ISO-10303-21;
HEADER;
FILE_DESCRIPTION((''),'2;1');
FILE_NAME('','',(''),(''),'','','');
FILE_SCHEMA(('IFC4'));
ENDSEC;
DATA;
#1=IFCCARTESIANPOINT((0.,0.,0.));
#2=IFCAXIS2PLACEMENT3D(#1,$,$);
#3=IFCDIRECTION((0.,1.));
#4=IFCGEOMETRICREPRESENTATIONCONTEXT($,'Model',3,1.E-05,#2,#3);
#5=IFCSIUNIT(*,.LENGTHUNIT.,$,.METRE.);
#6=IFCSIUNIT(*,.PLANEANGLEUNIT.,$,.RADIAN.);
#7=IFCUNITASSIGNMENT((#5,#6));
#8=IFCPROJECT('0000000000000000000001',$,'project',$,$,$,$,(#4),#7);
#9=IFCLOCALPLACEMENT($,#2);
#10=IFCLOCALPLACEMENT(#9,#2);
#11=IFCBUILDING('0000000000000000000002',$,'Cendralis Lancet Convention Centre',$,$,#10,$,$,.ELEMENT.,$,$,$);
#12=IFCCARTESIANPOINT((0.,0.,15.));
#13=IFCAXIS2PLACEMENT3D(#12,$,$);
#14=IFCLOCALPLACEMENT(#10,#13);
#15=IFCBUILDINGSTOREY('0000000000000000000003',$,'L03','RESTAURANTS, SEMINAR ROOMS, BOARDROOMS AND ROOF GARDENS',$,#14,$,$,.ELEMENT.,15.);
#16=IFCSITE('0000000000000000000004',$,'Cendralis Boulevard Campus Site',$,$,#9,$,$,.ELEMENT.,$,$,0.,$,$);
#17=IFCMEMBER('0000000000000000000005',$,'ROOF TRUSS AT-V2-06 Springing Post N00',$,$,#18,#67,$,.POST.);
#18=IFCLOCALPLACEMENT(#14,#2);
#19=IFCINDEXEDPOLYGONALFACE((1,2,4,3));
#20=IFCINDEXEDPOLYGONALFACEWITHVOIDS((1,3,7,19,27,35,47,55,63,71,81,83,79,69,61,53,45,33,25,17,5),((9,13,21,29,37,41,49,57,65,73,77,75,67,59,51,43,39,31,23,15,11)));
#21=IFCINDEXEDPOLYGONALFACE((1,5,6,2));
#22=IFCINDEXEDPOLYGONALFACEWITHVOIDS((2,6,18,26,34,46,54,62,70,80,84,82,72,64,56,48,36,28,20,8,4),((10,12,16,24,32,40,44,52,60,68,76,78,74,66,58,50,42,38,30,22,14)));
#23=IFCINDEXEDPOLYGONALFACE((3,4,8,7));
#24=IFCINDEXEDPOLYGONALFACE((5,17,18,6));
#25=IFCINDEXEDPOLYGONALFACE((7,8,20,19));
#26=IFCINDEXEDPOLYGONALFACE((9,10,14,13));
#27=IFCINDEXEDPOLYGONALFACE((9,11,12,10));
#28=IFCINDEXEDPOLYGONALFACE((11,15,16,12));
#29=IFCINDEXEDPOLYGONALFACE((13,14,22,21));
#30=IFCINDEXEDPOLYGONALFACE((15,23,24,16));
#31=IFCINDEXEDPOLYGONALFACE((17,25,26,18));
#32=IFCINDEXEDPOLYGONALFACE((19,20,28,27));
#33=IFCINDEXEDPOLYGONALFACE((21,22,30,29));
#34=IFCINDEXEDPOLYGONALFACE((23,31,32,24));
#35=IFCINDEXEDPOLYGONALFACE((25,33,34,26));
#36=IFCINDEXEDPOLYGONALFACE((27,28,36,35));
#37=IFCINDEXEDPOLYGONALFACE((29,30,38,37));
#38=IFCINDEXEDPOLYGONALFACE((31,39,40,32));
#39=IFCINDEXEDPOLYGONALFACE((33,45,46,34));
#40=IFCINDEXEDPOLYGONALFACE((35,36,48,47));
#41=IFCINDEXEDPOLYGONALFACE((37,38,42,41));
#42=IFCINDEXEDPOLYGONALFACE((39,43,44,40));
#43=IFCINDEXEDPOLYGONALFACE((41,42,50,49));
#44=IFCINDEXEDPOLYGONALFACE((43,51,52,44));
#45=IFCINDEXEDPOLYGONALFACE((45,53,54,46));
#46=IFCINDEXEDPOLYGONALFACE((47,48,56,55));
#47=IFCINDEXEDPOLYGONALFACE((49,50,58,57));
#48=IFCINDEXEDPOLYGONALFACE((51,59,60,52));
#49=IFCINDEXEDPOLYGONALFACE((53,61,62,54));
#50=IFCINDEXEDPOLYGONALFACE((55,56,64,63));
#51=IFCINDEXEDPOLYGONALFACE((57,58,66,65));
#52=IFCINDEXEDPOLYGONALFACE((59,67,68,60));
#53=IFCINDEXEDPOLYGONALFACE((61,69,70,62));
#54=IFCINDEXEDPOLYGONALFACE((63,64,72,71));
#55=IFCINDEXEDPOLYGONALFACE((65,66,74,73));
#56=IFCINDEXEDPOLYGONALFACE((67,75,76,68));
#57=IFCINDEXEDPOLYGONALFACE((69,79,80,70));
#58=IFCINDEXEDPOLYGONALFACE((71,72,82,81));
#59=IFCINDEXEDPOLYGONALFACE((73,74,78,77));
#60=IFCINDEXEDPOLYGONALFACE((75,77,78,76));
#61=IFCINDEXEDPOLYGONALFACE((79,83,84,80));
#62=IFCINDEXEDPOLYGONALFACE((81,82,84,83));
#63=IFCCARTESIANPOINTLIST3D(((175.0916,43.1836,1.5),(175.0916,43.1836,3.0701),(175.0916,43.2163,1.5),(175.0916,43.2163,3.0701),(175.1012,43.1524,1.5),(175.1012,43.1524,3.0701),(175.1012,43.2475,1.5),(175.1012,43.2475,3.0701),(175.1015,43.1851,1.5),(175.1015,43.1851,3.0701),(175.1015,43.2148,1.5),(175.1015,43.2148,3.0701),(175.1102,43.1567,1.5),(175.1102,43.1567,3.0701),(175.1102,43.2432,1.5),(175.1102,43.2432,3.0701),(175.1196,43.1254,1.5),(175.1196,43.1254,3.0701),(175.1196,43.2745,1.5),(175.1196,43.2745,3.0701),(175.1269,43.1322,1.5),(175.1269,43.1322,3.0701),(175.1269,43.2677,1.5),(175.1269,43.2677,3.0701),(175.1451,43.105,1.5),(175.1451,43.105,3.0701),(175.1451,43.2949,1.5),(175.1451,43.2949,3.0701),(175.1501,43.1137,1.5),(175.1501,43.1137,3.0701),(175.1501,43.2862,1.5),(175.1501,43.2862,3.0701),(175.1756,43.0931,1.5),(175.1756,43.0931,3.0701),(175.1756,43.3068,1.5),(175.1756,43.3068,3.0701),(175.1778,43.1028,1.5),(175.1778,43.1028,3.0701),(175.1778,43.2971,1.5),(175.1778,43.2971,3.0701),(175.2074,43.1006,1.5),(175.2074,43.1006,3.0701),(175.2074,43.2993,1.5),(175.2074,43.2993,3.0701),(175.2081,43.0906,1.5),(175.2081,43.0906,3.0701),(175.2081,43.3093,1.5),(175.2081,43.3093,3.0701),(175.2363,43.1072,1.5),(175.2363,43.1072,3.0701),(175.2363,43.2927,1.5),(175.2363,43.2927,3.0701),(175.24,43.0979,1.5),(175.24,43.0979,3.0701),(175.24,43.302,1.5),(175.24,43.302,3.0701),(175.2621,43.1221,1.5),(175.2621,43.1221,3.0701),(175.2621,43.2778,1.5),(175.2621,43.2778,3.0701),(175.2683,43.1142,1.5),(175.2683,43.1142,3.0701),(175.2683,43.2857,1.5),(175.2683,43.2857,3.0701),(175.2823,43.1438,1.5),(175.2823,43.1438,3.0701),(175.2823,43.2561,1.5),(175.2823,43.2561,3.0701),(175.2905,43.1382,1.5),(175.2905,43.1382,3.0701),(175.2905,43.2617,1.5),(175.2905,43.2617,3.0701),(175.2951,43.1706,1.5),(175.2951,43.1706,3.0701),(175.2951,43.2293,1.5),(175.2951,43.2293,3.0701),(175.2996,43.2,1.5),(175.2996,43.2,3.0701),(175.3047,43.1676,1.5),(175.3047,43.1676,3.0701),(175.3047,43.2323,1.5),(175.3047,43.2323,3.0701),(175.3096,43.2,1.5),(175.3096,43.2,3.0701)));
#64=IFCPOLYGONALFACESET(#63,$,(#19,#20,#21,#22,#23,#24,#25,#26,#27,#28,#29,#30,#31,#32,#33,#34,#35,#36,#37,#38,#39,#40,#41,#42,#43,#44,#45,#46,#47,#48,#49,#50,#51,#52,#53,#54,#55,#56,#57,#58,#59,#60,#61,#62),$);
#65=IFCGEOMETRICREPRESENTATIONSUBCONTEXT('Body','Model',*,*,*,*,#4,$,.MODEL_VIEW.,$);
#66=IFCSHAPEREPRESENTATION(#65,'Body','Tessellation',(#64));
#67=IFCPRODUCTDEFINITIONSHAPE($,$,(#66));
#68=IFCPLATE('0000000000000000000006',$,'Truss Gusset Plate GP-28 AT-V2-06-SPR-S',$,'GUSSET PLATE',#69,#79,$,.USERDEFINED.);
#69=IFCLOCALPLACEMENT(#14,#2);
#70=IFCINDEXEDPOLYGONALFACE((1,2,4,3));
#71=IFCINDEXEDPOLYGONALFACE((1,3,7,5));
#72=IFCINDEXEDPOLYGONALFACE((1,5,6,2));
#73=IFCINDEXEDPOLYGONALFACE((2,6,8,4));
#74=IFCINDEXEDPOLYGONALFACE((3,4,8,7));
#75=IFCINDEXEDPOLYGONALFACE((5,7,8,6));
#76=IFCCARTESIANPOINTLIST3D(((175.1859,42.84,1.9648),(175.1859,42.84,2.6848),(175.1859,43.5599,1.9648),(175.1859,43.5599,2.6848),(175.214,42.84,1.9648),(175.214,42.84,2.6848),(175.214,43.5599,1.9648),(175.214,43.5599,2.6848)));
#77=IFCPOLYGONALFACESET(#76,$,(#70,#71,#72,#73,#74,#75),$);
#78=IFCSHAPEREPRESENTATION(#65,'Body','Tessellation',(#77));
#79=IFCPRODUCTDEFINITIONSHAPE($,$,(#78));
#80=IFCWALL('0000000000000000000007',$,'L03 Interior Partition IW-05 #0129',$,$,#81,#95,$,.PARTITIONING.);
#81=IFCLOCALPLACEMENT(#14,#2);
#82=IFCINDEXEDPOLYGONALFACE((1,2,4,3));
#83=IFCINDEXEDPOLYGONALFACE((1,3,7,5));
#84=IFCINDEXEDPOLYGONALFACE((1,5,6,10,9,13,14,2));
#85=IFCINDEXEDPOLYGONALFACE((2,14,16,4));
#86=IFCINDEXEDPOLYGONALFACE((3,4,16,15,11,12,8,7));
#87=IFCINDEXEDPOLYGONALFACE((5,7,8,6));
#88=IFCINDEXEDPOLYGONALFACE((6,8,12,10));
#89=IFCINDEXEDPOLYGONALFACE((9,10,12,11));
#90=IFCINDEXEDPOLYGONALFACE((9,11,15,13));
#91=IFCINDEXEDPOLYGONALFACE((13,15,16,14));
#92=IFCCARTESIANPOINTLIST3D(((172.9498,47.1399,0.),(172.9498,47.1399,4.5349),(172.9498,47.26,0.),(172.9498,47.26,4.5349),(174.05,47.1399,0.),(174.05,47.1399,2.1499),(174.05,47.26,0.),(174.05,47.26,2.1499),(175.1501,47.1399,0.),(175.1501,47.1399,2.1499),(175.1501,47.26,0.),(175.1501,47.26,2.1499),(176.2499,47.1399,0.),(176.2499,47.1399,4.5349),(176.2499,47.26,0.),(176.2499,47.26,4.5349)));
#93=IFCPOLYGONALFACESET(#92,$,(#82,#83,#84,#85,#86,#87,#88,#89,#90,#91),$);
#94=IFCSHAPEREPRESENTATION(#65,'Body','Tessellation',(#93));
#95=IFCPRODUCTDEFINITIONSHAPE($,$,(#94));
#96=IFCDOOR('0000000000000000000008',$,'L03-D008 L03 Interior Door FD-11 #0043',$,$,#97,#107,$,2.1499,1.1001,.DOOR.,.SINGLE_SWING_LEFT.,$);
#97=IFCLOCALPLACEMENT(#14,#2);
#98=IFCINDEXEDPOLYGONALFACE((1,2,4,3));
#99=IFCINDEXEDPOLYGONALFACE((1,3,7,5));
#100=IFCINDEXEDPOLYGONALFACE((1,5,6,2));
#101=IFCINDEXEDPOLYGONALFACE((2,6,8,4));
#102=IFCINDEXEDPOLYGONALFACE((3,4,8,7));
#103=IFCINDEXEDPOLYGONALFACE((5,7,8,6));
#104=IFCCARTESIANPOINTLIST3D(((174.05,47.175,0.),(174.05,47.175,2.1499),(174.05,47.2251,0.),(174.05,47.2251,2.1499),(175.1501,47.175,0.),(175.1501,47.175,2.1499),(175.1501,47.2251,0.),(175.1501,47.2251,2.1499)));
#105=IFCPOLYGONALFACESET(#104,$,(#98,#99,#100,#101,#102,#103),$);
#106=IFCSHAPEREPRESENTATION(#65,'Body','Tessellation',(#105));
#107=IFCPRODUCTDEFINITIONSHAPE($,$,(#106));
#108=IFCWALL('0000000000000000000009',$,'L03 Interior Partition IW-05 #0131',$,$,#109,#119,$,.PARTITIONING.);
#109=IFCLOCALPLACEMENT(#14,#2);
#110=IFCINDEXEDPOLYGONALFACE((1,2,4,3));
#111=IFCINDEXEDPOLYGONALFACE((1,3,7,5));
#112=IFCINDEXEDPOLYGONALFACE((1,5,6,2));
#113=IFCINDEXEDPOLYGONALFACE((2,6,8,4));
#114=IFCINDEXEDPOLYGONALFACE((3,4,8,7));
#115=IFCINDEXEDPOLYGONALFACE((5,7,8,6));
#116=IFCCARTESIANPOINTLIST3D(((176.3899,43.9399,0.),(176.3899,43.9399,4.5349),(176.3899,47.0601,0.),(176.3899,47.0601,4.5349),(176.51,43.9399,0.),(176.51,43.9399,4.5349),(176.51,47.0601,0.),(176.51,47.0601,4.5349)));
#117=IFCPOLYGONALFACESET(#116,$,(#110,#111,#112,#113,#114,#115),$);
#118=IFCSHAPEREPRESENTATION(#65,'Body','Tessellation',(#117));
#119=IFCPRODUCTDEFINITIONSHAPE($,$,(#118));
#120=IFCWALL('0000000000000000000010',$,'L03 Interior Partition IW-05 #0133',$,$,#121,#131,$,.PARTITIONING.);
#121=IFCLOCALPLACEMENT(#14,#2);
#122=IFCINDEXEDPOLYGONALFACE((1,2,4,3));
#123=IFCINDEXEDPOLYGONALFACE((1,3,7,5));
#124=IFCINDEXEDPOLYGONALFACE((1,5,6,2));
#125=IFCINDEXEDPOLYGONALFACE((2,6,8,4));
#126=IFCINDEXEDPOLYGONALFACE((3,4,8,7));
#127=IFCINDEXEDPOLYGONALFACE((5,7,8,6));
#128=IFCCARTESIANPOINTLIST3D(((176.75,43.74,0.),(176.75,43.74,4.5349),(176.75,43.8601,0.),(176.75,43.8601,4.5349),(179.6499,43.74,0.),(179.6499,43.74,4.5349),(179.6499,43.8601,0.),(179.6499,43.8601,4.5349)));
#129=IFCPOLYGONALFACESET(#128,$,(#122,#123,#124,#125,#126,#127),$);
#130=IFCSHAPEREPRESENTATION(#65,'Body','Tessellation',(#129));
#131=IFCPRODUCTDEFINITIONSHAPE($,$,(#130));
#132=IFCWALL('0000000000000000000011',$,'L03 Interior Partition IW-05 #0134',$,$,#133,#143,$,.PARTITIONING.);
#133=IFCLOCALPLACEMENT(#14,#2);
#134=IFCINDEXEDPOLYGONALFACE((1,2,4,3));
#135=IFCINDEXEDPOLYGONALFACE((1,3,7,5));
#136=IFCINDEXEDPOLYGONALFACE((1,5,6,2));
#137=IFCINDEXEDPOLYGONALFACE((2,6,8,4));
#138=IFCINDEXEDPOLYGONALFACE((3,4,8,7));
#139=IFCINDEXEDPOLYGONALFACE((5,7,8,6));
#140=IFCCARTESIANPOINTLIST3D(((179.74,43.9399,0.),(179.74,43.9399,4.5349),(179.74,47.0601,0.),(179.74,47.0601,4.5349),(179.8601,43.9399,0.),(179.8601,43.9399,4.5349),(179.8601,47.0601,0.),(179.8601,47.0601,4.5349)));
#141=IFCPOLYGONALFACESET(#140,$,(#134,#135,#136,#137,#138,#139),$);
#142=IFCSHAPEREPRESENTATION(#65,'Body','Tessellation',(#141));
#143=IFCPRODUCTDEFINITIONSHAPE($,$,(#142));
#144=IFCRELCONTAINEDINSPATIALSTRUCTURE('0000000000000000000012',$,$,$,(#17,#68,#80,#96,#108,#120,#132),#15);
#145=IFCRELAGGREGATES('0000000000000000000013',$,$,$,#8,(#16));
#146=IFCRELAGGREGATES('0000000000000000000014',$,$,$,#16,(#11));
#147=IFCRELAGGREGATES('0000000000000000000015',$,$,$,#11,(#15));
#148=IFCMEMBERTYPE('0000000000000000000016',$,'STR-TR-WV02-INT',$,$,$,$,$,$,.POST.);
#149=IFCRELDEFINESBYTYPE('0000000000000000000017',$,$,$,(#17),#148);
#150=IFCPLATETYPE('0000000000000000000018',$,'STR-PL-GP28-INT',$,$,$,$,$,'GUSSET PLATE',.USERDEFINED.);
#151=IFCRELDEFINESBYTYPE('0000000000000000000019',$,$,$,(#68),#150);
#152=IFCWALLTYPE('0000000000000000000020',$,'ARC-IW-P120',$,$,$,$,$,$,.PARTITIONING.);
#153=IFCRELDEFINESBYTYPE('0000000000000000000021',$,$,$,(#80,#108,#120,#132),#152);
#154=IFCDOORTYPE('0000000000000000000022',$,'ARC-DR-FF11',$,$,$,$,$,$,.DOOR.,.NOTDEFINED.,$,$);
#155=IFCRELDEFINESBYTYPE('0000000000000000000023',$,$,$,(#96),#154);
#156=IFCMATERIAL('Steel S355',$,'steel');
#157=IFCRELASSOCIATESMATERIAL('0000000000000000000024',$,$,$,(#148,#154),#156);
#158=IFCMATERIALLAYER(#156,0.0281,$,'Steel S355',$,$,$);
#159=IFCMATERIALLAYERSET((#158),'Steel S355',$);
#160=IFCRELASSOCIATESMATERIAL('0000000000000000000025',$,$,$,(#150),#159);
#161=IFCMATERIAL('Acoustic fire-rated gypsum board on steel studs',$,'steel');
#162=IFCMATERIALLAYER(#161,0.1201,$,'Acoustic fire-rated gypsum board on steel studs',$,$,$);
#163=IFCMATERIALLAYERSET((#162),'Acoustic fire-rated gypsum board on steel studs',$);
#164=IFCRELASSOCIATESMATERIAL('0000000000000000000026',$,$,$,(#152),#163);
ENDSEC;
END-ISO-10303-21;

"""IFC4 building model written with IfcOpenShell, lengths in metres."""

from ifc_helpers import new_model, si_unit, direction, frame, frame_2d, origin, origin_2d, place, context, subcontext, project, spatial, rectangle, hollow_circle, extrude, material, layer, layer_set, material_profile, profile_set, type_object, element, fill, save


model = new_model("IFC4")

# Units and contexts
model_context = context("Model", 3, precision=1e-05, world=origin(), true_north=direction((0.0, 1.0)))
body_context = subcontext(model_context, "Body", "Model", "MODEL_VIEW")
ifc_project = project(units=[si_unit("LENGTHUNIT", "METRE"), si_unit("PLANEANGLEUNIT", "RADIAN")], contexts=[model_context])

# Site, building, storey
site_placement = place(None, origin())
site = spatial("IfcSite", under=ifc_project, at=site_placement, Name="Cendralis Boulevard Campus Site", CompositionType="ELEMENT", RefElevation=0.0)
building_placement = place(site_placement, origin())
building = spatial("IfcBuilding", under=site, at=building_placement, Name="Cendralis Lancet Convention Centre", CompositionType="ELEMENT")
storey_placement = place(building_placement, frame((0.0, 0.0, 15.0)))
storey = spatial("IfcBuildingStorey", under=building, at=storey_placement, Name="L03", Description="RESTAURANTS, SEMINAR ROOMS, BOARDROOMS AND ROOF GARDENS", CompositionType="ELEMENT", Elevation=15.0)

# Shared definitions
ifc_material_1 = material(Name="Steel S355", Category="steel")

# Member
ifc_material_profile_1 = material_profile(ifc_material_1, hollow_circle(Radius=0.1096, WallThickness=0.01, at=origin_2d()), Name="CHS 219.1x10.0")
ifc_profile_set_1 = profile_set([ifc_material_profile_1], Name="Steel S355")
member_type_1 = type_object("IfcMemberType", Name="STR-TR-WV02-INT", PredefinedType="POST", material=ifc_profile_set_1)
member_1_placement = place(storey_placement, frame((175.2, 43.2, 1.5), z_axis=(0.0, 0.0, 1.0), x_axis=(1.0, 0.0, 0.0)))
element("IfcMember", 1, at=member_1_placement, inside=storey, type_object=member_type_1, Name="ROOF TRUSS AT-V2-06 Springing Post N00", PredefinedType="POST", context=body_context, shape_type="SweptSolid", body=[
    extrude(hollow_circle(Radius=0.1096, WallThickness=0.01, at=origin_2d()), origin(), (0.0, 0.0, 1.0), 1.5701),
])

# Plate
ifc_layer_1 = layer(ifc_material_1, 0.0281, Name="Steel S355")
ifc_layer_set_1 = layer_set([ifc_layer_1], Name="Steel S355")
plate_type = type_object("IfcPlateType", Name="STR-PL-GP28-INT", ElementType="GUSSET PLATE", PredefinedType="USERDEFINED", material=ifc_layer_set_1)
plate_placement = place(storey_placement, frame((175.2, 43.2, 1.9648), z_axis=(0.0, 0.0, 1.0), x_axis=(0.0, 1.0, 0.0)))
element("IfcPlate", 2, at=plate_placement, inside=storey, type_object=plate_type, Name="Truss Gusset Plate GP-28 AT-V2-06-SPR-S", ObjectType="GUSSET PLATE", PredefinedType="USERDEFINED", context=body_context, shape_type="SweptSolid", body=[
    extrude(rectangle(XDim=0.72, YDim=0.0281, at=origin_2d()), origin(), (0.0, 0.0, 1.0), 0.72),
])

# Wall, opening, door
ifc_material_2 = material(Name="Acoustic fire-rated gypsum board on steel studs", Category="steel")
ifc_layer_2 = layer(ifc_material_2, 0.1201, Name="Acoustic fire-rated gypsum board on steel studs")
ifc_layer_set_2 = layer_set([ifc_layer_2], Name="Acoustic fire-rated gypsum board on steel studs")
wall_type = type_object("IfcWallType", Name="ARC-IW-P120", PredefinedType="PARTITIONING", material=ifc_layer_set_2)
wall_1_placement = place(storey_placement, frame((172.95, 47.2, 0.0), z_axis=(0.0, 0.0, 1.0), x_axis=(1.0, 0.0, 0.0)))
wall_1 = element("IfcWall", 3, at=wall_1_placement, inside=storey, type_object=wall_type, Name="L03 Interior Partition IW-05 #0129", PredefinedType="PARTITIONING", context=body_context, shape_type="SweptSolid", body=[
    extrude(rectangle(XDim=3.3, YDim=0.1201, at=frame_2d((1.6499, 0.0))), origin(), (0.0, 0.0, 1.0), 4.5349),
])
opening_1_placement = place(wall_1_placement, frame((1.1001, 0.0, 0.0)))
opening_1 = element("IfcOpeningElement", 4, at=opening_1_placement, cuts=wall_1, PredefinedType="OPENING", context=body_context, shape_type="SweptSolid", body=[
    extrude(rectangle(XDim=1.1001, YDim=2.1499, at=frame_2d((0.55, 1.075))), frame((0.0, 0.0701, 0.0), z_axis=(0.0, -1.0, 0.0), x_axis=(1.0, 0.0, 0.0)), (0.0, 0.0, 1.0), 0.1401),
])
door_type = type_object("IfcDoorType", Name="ARC-DR-FF11", OperationType="NOTDEFINED", PredefinedType="DOOR", material=ifc_material_1)
door_1_placement = place(opening_1_placement, frame((1.1001, 0.0, 0.0), z_axis=(0.0, 0.0, 1.0), x_axis=(-1.0, 0.0, 0.0)))
door_1 = element("IfcDoor", 5, at=door_1_placement, inside=storey, type_object=door_type, Name="L03-D008 L03 Interior Door FD-11 #0043", OperationType="SINGLE_SWING_LEFT", OverallHeight=2.1499, OverallWidth=1.1001, PredefinedType="DOOR", context=body_context, shape_type="SweptSolid", body=[
    extrude(rectangle(XDim=1.1001, YDim=2.1499, at=frame_2d((0.55, 1.075))), frame((0.0, 0.0249, 0.0), z_axis=(0.0, -1.0, 0.0), x_axis=(1.0, 0.0, 0.0)), (0.0, 0.0, 1.0), 0.05),
])
fill(opening_1, door_1)

# Wall
wall_2_placement = place(storey_placement, frame((176.45, 43.9399, 0.0), z_axis=(0.0, 0.0, 1.0), x_axis=(0.0, 1.0, 0.0)))
element("IfcWall", 6, at=wall_2_placement, inside=storey, type_object=wall_type, Name="L03 Interior Partition IW-05 #0131", PredefinedType="PARTITIONING", context=body_context, shape_type="SweptSolid", body=[
    extrude(rectangle(XDim=3.1201, YDim=0.1201, at=frame_2d((1.5601, 0.0))), origin(), (0.0, 0.0, 1.0), 4.5349),
])

# Walls
wall_3_placement = place(storey_placement, frame((176.75, 43.8, 0.0), z_axis=(0.0, 0.0, 1.0), x_axis=(1.0, 0.0, 0.0)))
element("IfcWall", 7, at=wall_3_placement, inside=storey, type_object=wall_type, Name="L03 Interior Partition IW-05 #0133", PredefinedType="PARTITIONING", context=body_context, shape_type="SweptSolid", body=[
    extrude(rectangle(XDim=2.8999, YDim=0.1201, at=frame_2d((1.45, 0.0))), origin(), (0.0, 0.0, 1.0), 4.5349),
])
wall_4_placement = place(storey_placement, frame((179.8, 43.9399, 0.0), z_axis=(0.0, 0.0, 1.0), x_axis=(0.0, 1.0, 0.0)))
element("IfcWall", 8, at=wall_4_placement, inside=storey, type_object=wall_type, Name="L03 Interior Partition IW-05 #0134", PredefinedType="PARTITIONING", context=body_context, shape_type="SweptSolid", body=[
    extrude(rectangle(XDim=3.1201, YDim=0.1201, at=frame_2d((1.5601, 0.0))), origin(), (0.0, 0.0, 1.0), 4.5349),
])

save(model, "model.ifc")
